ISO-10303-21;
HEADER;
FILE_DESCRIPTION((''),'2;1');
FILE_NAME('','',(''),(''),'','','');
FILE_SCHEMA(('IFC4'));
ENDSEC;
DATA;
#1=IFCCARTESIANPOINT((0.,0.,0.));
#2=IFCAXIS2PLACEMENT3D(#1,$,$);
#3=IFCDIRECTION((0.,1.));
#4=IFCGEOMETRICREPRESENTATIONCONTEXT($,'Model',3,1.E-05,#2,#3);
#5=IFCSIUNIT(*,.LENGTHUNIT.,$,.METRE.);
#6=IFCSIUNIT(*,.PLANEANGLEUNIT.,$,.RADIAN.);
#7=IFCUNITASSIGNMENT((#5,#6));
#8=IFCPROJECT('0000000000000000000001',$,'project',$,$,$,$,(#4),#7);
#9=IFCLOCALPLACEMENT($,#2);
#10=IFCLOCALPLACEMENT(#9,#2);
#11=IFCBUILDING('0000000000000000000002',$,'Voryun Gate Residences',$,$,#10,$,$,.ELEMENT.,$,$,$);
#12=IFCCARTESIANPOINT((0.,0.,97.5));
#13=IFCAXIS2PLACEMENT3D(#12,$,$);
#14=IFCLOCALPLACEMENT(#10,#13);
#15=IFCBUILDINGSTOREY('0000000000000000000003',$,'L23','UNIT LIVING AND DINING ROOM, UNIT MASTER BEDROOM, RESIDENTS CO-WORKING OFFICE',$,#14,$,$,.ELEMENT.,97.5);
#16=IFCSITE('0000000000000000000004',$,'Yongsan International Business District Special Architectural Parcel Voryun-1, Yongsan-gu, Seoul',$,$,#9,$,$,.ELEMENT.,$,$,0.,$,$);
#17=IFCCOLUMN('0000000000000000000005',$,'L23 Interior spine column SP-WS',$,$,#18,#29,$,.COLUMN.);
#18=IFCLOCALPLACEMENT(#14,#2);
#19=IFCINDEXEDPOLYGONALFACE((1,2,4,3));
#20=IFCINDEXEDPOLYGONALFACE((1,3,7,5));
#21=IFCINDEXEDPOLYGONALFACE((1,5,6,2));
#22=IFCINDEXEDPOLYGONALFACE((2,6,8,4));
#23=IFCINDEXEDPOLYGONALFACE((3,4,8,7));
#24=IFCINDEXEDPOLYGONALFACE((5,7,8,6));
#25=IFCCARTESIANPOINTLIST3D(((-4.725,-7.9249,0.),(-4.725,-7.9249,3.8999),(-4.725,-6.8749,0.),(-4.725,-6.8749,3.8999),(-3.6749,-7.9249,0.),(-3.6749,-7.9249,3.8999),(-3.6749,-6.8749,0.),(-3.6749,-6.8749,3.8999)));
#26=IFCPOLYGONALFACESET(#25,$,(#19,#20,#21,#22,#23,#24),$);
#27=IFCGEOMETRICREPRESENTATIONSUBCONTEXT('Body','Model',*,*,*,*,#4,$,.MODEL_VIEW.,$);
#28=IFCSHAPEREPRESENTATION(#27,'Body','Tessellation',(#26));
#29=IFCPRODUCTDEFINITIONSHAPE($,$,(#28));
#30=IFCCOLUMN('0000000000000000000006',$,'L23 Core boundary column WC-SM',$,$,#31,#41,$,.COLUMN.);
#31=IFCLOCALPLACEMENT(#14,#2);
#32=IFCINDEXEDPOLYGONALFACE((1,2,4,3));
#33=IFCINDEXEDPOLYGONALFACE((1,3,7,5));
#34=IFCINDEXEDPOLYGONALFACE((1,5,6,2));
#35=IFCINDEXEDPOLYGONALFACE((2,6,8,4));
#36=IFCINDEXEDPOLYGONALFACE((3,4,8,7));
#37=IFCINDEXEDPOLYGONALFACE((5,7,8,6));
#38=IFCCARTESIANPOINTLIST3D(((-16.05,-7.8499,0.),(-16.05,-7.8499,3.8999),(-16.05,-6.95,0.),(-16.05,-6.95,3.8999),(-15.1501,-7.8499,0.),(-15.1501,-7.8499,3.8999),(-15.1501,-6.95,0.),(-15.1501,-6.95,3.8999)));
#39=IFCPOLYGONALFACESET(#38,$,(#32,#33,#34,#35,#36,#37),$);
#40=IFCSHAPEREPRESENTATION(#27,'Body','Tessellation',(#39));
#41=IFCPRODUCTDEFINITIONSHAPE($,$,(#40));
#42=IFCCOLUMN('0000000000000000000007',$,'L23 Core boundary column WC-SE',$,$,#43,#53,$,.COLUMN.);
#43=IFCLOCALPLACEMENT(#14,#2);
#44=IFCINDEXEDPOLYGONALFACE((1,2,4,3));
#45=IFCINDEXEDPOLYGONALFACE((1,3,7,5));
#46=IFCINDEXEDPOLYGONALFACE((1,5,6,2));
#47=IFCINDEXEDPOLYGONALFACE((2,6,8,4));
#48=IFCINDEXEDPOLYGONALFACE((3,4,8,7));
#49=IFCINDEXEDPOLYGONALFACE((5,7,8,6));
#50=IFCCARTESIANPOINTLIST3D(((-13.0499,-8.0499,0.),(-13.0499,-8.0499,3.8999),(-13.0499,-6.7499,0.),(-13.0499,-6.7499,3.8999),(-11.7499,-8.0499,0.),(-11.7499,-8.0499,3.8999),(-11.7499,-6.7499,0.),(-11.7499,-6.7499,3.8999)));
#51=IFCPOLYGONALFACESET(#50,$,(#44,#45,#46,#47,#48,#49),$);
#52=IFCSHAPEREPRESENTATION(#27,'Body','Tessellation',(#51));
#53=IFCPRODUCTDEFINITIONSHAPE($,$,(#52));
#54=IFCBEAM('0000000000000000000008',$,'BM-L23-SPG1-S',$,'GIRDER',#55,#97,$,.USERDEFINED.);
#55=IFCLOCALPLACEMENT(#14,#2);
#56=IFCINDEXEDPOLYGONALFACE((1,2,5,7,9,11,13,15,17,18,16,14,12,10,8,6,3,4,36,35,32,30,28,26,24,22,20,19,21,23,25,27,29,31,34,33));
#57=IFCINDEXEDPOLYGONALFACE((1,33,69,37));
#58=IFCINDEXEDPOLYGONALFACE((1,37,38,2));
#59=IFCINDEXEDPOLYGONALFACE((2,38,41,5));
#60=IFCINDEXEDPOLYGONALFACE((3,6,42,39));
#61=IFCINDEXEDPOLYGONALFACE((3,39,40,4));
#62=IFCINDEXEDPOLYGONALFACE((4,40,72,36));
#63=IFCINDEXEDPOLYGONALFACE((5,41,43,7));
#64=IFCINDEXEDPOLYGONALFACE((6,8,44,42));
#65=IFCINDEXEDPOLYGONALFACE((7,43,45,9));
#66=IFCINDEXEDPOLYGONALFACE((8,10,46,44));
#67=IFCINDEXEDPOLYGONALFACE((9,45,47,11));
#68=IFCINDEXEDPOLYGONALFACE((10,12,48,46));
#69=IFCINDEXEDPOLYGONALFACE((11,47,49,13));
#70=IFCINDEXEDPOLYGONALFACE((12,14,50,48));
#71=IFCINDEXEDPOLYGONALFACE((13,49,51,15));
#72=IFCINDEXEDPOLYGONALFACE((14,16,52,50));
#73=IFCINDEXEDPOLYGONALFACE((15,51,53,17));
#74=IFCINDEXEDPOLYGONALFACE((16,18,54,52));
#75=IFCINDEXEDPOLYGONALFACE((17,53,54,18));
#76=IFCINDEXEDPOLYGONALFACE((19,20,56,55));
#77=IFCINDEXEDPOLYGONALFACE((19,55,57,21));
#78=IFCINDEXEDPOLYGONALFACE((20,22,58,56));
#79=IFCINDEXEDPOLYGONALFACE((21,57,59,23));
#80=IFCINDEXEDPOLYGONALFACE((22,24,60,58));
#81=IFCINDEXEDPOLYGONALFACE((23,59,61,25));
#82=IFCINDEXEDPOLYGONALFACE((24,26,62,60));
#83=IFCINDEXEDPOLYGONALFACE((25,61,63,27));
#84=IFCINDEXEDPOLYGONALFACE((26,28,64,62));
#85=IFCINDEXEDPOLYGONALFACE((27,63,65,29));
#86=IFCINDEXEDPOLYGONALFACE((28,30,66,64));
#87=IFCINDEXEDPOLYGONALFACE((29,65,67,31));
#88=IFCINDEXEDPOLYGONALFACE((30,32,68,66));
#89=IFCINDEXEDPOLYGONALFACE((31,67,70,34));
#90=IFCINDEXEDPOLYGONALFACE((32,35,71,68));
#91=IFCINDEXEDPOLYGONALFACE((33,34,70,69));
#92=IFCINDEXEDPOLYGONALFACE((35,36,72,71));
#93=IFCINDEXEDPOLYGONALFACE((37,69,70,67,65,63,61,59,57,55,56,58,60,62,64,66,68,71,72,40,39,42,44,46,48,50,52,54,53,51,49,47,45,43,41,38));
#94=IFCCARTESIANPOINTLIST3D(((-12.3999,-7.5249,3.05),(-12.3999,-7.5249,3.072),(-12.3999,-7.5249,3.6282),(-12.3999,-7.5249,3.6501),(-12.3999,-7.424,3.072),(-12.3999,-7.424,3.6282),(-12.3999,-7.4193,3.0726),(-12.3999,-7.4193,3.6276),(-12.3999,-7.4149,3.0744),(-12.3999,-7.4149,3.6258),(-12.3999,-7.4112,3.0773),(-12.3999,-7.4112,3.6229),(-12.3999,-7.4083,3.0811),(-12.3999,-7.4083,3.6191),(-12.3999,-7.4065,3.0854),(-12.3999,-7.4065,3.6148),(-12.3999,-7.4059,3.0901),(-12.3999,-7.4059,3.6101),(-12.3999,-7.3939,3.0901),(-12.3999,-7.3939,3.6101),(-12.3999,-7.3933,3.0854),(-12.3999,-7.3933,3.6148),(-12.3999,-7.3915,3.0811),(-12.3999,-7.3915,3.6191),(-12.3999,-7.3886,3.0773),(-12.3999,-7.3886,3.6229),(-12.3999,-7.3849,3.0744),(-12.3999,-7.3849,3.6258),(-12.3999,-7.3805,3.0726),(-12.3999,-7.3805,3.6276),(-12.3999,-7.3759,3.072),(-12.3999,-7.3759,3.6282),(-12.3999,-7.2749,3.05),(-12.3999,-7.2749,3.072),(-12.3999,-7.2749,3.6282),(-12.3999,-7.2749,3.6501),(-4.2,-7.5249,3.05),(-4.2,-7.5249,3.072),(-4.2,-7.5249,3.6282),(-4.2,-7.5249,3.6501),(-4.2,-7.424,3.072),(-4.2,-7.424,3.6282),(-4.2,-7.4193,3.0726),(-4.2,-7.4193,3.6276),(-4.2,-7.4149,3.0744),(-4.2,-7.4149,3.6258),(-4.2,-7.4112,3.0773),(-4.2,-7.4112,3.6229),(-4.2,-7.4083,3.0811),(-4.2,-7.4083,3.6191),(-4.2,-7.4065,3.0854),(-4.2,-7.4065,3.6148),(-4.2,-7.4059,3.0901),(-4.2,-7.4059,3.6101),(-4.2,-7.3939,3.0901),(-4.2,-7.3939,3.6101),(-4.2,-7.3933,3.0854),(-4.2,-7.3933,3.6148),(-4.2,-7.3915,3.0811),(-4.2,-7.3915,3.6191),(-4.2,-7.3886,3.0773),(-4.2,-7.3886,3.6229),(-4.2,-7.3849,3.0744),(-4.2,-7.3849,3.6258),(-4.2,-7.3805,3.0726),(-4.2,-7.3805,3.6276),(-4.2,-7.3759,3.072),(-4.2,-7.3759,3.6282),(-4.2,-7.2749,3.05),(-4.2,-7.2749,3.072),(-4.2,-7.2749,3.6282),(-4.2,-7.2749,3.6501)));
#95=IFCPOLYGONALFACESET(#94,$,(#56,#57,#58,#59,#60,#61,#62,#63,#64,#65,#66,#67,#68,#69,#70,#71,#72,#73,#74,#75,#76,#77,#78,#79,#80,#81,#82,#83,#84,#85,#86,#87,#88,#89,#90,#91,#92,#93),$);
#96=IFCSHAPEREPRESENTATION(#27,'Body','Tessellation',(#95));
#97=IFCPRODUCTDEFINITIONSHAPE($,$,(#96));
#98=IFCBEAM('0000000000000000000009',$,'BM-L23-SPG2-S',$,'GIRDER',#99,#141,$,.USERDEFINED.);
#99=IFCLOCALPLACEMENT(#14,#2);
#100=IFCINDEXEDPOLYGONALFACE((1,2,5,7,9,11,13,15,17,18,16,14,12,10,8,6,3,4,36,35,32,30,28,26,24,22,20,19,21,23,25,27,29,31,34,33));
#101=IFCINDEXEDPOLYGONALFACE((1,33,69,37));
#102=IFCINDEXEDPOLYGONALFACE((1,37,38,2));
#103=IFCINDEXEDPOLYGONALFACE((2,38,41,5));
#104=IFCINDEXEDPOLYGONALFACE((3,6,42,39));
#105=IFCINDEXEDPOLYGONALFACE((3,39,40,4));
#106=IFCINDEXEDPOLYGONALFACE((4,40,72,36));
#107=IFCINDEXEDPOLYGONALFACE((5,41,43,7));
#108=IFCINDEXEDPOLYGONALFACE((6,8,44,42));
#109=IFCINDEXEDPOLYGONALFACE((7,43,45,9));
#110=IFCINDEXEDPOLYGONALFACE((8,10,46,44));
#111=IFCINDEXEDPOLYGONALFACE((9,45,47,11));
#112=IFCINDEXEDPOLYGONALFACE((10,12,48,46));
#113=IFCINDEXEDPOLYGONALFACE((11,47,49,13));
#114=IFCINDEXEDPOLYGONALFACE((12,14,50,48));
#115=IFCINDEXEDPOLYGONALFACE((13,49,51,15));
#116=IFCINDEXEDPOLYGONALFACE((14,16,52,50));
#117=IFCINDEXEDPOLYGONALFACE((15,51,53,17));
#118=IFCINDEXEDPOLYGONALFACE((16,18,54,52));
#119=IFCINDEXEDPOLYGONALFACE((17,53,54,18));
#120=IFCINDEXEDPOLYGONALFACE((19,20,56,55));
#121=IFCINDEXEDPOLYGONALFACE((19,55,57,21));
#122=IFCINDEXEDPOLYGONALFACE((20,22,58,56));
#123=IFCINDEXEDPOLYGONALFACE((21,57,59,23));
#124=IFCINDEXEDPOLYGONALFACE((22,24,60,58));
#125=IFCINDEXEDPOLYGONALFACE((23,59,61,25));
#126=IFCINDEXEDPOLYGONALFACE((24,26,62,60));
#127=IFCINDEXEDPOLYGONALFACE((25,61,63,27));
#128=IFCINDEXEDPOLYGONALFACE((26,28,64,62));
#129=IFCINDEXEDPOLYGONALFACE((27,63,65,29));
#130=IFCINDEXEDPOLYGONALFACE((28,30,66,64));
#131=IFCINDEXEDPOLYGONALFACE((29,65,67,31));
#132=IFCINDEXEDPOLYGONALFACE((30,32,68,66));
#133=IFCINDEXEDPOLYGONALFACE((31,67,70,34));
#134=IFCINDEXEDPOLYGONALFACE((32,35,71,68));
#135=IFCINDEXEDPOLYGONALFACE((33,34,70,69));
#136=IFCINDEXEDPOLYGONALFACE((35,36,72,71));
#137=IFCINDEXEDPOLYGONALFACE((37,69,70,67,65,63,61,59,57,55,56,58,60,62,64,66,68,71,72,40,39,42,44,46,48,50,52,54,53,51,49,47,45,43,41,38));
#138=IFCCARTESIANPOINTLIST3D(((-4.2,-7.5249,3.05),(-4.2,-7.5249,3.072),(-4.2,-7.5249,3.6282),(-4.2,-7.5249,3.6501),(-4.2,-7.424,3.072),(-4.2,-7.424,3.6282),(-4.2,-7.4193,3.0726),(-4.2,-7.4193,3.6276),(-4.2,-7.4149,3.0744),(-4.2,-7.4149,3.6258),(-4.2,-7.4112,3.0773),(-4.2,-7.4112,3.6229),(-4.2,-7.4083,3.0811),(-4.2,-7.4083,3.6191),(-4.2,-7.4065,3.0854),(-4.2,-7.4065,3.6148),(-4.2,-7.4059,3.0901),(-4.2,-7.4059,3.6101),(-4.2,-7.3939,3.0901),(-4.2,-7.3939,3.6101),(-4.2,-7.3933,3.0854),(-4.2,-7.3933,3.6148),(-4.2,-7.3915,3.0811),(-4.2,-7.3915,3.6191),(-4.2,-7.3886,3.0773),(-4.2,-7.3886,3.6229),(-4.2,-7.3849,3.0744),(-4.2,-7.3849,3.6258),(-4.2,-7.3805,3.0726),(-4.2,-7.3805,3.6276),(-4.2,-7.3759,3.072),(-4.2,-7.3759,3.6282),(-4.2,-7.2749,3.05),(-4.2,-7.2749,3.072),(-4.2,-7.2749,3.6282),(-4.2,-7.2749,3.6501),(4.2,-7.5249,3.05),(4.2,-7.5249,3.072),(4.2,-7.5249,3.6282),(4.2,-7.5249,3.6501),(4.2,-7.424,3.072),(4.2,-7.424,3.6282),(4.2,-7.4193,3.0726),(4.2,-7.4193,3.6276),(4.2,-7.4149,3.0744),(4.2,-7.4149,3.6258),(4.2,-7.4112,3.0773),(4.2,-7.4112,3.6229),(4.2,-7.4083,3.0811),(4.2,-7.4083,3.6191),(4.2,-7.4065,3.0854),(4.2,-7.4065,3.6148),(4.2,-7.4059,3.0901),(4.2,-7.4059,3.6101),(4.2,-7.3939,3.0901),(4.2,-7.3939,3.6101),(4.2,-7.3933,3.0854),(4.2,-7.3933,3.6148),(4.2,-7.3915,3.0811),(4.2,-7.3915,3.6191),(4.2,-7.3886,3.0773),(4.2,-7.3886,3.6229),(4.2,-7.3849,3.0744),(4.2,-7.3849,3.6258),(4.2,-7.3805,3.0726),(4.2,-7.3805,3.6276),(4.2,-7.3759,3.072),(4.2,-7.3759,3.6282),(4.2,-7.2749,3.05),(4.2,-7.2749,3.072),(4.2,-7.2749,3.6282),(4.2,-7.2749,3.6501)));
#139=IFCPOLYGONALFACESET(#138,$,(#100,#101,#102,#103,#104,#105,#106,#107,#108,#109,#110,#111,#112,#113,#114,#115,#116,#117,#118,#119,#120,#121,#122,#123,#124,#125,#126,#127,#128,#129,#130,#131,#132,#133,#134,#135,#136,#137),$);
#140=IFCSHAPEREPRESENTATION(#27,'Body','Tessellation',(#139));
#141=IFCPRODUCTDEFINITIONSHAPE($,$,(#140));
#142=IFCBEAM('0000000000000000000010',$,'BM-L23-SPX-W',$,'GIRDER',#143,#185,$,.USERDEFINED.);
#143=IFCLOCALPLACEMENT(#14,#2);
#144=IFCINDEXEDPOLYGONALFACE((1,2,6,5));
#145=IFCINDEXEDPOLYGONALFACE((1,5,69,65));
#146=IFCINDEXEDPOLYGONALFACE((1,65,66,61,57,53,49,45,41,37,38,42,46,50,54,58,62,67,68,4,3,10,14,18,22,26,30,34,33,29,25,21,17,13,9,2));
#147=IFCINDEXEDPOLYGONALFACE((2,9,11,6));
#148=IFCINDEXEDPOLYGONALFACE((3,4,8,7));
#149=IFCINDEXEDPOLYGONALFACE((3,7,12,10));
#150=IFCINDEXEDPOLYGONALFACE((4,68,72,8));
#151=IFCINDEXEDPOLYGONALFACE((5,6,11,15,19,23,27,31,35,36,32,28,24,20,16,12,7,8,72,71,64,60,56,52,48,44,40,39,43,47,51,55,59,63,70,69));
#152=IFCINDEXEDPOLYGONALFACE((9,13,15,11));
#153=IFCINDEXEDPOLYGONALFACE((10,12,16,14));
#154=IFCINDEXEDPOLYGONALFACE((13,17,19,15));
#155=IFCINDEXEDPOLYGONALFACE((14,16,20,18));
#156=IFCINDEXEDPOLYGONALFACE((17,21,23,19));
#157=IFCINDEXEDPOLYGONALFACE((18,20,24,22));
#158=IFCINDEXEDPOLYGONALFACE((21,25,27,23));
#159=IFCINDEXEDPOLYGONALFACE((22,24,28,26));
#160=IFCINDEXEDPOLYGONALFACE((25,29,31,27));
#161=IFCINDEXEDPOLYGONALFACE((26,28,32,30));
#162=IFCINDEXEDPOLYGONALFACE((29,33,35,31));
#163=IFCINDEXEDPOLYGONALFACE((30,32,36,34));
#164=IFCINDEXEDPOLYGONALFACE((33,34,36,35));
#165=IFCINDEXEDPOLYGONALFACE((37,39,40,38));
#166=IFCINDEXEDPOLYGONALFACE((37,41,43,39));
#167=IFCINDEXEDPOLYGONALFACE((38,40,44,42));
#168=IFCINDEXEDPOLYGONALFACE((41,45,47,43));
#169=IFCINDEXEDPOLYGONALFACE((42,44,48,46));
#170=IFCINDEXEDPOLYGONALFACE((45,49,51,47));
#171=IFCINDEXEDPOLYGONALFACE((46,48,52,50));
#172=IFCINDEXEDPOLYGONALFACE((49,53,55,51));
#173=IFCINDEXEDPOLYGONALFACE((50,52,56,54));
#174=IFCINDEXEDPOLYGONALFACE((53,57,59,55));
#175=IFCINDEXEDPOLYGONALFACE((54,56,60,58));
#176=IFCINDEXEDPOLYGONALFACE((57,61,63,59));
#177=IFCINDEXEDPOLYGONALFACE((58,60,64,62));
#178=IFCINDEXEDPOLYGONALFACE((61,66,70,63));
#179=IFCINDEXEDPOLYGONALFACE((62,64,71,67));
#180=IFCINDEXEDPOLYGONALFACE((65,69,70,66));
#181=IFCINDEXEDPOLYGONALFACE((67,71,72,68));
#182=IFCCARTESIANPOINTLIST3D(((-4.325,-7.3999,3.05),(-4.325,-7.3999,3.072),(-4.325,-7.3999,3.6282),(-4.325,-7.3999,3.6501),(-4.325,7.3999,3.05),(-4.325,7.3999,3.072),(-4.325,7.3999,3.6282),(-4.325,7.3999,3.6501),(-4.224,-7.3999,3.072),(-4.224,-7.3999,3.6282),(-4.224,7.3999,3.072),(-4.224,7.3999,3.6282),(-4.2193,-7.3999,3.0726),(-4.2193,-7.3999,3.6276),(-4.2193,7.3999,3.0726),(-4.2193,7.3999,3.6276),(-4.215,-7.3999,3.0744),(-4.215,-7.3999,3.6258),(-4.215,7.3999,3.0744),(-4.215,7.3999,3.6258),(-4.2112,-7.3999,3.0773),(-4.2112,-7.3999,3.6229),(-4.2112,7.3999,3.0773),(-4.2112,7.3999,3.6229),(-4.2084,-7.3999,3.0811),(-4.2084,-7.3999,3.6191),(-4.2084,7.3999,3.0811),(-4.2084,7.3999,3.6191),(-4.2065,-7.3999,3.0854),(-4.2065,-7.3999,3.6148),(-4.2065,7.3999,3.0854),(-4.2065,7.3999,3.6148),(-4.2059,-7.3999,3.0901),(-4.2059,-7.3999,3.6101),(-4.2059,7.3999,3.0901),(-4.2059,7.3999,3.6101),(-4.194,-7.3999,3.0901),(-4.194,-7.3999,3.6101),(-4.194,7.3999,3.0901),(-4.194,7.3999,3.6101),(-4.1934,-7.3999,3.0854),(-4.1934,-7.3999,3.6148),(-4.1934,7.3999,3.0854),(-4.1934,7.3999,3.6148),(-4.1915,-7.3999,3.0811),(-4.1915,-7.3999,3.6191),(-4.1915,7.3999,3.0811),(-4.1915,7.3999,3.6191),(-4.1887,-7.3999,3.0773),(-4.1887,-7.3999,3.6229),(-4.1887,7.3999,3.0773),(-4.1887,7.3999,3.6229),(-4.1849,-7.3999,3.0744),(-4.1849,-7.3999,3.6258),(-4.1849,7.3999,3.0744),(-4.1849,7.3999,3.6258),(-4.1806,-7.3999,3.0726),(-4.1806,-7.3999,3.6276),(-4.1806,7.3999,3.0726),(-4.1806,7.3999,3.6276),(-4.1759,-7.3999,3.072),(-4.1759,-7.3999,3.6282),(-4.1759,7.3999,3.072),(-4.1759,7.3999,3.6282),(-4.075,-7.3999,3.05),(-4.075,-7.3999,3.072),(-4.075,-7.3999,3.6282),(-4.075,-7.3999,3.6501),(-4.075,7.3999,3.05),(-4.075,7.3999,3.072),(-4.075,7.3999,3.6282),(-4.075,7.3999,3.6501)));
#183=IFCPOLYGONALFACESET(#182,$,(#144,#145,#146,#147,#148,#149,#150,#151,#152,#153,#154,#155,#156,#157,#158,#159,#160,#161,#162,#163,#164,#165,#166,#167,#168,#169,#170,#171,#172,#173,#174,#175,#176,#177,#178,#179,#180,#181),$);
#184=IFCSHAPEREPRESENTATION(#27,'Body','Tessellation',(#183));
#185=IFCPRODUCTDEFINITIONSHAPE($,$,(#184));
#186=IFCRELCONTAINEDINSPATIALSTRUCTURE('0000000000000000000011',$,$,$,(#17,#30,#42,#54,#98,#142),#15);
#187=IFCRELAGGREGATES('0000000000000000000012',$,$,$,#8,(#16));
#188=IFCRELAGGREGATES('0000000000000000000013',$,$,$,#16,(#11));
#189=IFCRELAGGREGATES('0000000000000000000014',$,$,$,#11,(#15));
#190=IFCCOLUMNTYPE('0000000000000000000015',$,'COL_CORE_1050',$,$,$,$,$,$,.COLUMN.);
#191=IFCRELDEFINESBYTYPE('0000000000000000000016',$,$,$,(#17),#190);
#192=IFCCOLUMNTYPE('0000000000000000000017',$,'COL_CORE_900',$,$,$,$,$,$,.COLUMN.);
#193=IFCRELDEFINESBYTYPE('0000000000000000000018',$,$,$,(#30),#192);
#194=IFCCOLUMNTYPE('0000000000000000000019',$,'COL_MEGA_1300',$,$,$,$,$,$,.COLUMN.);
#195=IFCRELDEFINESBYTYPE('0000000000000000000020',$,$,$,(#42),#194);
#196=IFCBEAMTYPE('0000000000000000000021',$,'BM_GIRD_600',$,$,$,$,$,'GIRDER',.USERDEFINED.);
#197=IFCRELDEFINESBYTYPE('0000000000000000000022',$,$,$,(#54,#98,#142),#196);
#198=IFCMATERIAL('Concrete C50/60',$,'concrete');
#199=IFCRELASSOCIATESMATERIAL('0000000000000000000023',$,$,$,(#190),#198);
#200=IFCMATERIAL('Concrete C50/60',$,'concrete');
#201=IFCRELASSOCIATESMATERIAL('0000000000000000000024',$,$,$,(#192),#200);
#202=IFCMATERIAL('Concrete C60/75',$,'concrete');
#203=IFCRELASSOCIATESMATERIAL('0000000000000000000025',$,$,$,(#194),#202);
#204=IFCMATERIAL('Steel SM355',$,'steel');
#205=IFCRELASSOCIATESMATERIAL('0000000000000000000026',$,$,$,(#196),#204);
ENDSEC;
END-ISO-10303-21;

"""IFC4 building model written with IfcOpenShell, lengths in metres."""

from ifc_helpers import new_model, si_unit, direction, frame, origin, origin_2d, place, context, subcontext, project, spatial, rectangle, i_section, extrude, material, material_profile, profile_set, type_object, element, save


model = new_model("IFC4")

# Units and contexts
model_context = context("Model", 3, precision=1e-05, world=origin(), true_north=direction((0.0, 1.0)))
body_context = subcontext(model_context, "Body", "Model", "MODEL_VIEW")
ifc_project = project(units=[si_unit("LENGTHUNIT", "METRE"), si_unit("PLANEANGLEUNIT", "RADIAN")], contexts=[model_context])

# Site, building, storey
site_placement = place(None, origin())
site = spatial("IfcSite", under=ifc_project, at=site_placement, Name="Yongsan International Business District Special Architectural Parcel Voryun-1, Yongsan-gu, Seoul", CompositionType="ELEMENT", RefElevation=0.0)
building_placement = place(site_placement, origin())
building = spatial("IfcBuilding", under=site, at=building_placement, Name="Voryun Gate Residences", CompositionType="ELEMENT")
storey_placement = place(building_placement, frame((0.0, 0.0, 97.5)))
storey = spatial("IfcBuildingStorey", under=building, at=storey_placement, Name="L23", Description="UNIT LIVING AND DINING ROOM, UNIT MASTER BEDROOM, RESIDENTS CO-WORKING OFFICE", CompositionType="ELEMENT", Elevation=97.5)

# Columns
ifc_material_1 = material(Name="Concrete C50/60", Category="concrete")
ifc_material_profile_1 = material_profile(ifc_material_1, rectangle(XDim=1.05, YDim=1.05, at=origin_2d()), Name="RC-1050x1050")
ifc_profile_set_1 = profile_set([ifc_material_profile_1], Name="Concrete C50/60")
column_type_1 = type_object("IfcColumnType", Name="COL_CORE_1050", PredefinedType="COLUMN", material=ifc_profile_set_1)
column_1_placement = place(storey_placement, frame((-4.2, -7.3999, 0.0), z_axis=(0.0, 0.0, 1.0), x_axis=(1.0, 0.0, 0.0)))
element("IfcColumn", 1, at=column_1_placement, inside=storey, type_object=column_type_1, Name="L23 Interior spine column SP-WS", PredefinedType="COLUMN", context=body_context, shape_type="SweptSolid", body=[
    extrude(rectangle(XDim=1.05, YDim=1.05, at=origin_2d()), origin(), (0.0, 0.0, 1.0), 3.8999),
])
ifc_material_2 = material(Name="Concrete C50/60", Category="concrete")
ifc_material_profile_2 = material_profile(ifc_material_2, rectangle(XDim=0.8999, YDim=0.8999, at=origin_2d()), Name="RC-900x900")
ifc_profile_set_2 = profile_set([ifc_material_profile_2], Name="Concrete C50/60")
column_type_2 = type_object("IfcColumnType", Name="COL_CORE_900", PredefinedType="COLUMN", material=ifc_profile_set_2)
column_2_placement = place(storey_placement, frame((-15.6001, -7.3999, 0.0), z_axis=(0.0, 0.0, 1.0), x_axis=(1.0, 0.0, 0.0)))
element("IfcColumn", 2, at=column_2_placement, inside=storey, type_object=column_type_2, Name="L23 Core boundary column WC-SM", PredefinedType="COLUMN", context=body_context, shape_type="SweptSolid", body=[
    extrude(rectangle(XDim=0.8999, YDim=0.8999, at=origin_2d()), origin(), (0.0, 0.0, 1.0), 3.8999),
])
ifc_material_3 = material(Name="Concrete C60/75", Category="concrete")
ifc_material_profile_3 = material_profile(ifc_material_3, rectangle(XDim=1.3, YDim=1.3, at=origin_2d()), Name="RC-1300x1300")
ifc_profile_set_3 = profile_set([ifc_material_profile_3], Name="Concrete C60/75")
column_type_3 = type_object("IfcColumnType", Name="COL_MEGA_1300", PredefinedType="COLUMN", material=ifc_profile_set_3)
column_3_placement = place(storey_placement, frame((-12.3999, -7.3999, 0.0), z_axis=(0.0, 0.0, 1.0), x_axis=(1.0, 0.0, 0.0)))
element("IfcColumn", 3, at=column_3_placement, inside=storey, type_object=column_type_3, Name="L23 Core boundary column WC-SE", PredefinedType="COLUMN", context=body_context, shape_type="SweptSolid", body=[
    extrude(rectangle(XDim=1.3, YDim=1.3, at=origin_2d()), origin(), (0.0, 0.0, 1.0), 3.8999),
])

# Beams
ifc_material_4 = material(Name="Steel SM355", Category="steel")
ifc_material_profile_4 = material_profile(ifc_material_4, i_section(OverallWidth=0.25, OverallDepth=0.6001, WebThickness=0.012, FlangeThickness=0.022, FilletRadius=0.0181, at=origin_2d()), Name="H-600x250x12x22")
ifc_profile_set_4 = profile_set([ifc_material_profile_4], Name="Steel SM355")
beam_type_1 = type_object("IfcBeamType", Name="BM_GIRD_600", ElementType="GIRDER", PredefinedType="USERDEFINED", material=ifc_profile_set_4)
beam_1_placement = place(storey_placement, frame((-12.3999, -7.3999, 3.3501), z_axis=(1.0, 0.0, 0.0), x_axis=(0.0, 1.0, 0.0)))
element("IfcBeam", 4, at=beam_1_placement, inside=storey, type_object=beam_type_1, Name="BM-L23-SPG1-S", ObjectType="GIRDER", PredefinedType="USERDEFINED", context=body_context, shape_type="SweptSolid", body=[
    extrude(i_section(OverallWidth=0.25, OverallDepth=0.6001, WebThickness=0.012, FlangeThickness=0.022, FilletRadius=0.0181, at=origin_2d()), origin(), (0.0, 0.0, 1.0), 8.2),
])
beam_2_placement = place(storey_placement, frame((-4.2, -7.3999, 3.3501), z_axis=(1.0, 0.0, 0.0), x_axis=(0.0, 1.0, 0.0)))
element("IfcBeam", 5, at=beam_2_placement, inside=storey, type_object=beam_type_1, Name="BM-L23-SPG2-S", ObjectType="GIRDER", PredefinedType="USERDEFINED", context=body_context, shape_type="SweptSolid", body=[
    extrude(i_section(OverallWidth=0.25, OverallDepth=0.6001, WebThickness=0.012, FlangeThickness=0.022, FilletRadius=0.0181, at=origin_2d()), origin(), (0.0, 0.0, 1.0), 8.3999),
])
beam_3_placement = place(storey_placement, frame((-4.2, -7.3999, 3.3501), z_axis=(0.0, 1.0, 0.0), x_axis=(-1.0, 0.0, 0.0)))
element("IfcBeam", 6, at=beam_3_placement, inside=storey, type_object=beam_type_1, Name="BM-L23-SPX-W", ObjectType="GIRDER", PredefinedType="USERDEFINED", context=body_context, shape_type="SweptSolid", body=[
    extrude(i_section(OverallWidth=0.25, OverallDepth=0.6001, WebThickness=0.012, FlangeThickness=0.022, FilletRadius=0.0181, at=origin_2d()), origin(), (0.0, 0.0, 1.0), 14.7998),
])

save(model, "model.ifc")
